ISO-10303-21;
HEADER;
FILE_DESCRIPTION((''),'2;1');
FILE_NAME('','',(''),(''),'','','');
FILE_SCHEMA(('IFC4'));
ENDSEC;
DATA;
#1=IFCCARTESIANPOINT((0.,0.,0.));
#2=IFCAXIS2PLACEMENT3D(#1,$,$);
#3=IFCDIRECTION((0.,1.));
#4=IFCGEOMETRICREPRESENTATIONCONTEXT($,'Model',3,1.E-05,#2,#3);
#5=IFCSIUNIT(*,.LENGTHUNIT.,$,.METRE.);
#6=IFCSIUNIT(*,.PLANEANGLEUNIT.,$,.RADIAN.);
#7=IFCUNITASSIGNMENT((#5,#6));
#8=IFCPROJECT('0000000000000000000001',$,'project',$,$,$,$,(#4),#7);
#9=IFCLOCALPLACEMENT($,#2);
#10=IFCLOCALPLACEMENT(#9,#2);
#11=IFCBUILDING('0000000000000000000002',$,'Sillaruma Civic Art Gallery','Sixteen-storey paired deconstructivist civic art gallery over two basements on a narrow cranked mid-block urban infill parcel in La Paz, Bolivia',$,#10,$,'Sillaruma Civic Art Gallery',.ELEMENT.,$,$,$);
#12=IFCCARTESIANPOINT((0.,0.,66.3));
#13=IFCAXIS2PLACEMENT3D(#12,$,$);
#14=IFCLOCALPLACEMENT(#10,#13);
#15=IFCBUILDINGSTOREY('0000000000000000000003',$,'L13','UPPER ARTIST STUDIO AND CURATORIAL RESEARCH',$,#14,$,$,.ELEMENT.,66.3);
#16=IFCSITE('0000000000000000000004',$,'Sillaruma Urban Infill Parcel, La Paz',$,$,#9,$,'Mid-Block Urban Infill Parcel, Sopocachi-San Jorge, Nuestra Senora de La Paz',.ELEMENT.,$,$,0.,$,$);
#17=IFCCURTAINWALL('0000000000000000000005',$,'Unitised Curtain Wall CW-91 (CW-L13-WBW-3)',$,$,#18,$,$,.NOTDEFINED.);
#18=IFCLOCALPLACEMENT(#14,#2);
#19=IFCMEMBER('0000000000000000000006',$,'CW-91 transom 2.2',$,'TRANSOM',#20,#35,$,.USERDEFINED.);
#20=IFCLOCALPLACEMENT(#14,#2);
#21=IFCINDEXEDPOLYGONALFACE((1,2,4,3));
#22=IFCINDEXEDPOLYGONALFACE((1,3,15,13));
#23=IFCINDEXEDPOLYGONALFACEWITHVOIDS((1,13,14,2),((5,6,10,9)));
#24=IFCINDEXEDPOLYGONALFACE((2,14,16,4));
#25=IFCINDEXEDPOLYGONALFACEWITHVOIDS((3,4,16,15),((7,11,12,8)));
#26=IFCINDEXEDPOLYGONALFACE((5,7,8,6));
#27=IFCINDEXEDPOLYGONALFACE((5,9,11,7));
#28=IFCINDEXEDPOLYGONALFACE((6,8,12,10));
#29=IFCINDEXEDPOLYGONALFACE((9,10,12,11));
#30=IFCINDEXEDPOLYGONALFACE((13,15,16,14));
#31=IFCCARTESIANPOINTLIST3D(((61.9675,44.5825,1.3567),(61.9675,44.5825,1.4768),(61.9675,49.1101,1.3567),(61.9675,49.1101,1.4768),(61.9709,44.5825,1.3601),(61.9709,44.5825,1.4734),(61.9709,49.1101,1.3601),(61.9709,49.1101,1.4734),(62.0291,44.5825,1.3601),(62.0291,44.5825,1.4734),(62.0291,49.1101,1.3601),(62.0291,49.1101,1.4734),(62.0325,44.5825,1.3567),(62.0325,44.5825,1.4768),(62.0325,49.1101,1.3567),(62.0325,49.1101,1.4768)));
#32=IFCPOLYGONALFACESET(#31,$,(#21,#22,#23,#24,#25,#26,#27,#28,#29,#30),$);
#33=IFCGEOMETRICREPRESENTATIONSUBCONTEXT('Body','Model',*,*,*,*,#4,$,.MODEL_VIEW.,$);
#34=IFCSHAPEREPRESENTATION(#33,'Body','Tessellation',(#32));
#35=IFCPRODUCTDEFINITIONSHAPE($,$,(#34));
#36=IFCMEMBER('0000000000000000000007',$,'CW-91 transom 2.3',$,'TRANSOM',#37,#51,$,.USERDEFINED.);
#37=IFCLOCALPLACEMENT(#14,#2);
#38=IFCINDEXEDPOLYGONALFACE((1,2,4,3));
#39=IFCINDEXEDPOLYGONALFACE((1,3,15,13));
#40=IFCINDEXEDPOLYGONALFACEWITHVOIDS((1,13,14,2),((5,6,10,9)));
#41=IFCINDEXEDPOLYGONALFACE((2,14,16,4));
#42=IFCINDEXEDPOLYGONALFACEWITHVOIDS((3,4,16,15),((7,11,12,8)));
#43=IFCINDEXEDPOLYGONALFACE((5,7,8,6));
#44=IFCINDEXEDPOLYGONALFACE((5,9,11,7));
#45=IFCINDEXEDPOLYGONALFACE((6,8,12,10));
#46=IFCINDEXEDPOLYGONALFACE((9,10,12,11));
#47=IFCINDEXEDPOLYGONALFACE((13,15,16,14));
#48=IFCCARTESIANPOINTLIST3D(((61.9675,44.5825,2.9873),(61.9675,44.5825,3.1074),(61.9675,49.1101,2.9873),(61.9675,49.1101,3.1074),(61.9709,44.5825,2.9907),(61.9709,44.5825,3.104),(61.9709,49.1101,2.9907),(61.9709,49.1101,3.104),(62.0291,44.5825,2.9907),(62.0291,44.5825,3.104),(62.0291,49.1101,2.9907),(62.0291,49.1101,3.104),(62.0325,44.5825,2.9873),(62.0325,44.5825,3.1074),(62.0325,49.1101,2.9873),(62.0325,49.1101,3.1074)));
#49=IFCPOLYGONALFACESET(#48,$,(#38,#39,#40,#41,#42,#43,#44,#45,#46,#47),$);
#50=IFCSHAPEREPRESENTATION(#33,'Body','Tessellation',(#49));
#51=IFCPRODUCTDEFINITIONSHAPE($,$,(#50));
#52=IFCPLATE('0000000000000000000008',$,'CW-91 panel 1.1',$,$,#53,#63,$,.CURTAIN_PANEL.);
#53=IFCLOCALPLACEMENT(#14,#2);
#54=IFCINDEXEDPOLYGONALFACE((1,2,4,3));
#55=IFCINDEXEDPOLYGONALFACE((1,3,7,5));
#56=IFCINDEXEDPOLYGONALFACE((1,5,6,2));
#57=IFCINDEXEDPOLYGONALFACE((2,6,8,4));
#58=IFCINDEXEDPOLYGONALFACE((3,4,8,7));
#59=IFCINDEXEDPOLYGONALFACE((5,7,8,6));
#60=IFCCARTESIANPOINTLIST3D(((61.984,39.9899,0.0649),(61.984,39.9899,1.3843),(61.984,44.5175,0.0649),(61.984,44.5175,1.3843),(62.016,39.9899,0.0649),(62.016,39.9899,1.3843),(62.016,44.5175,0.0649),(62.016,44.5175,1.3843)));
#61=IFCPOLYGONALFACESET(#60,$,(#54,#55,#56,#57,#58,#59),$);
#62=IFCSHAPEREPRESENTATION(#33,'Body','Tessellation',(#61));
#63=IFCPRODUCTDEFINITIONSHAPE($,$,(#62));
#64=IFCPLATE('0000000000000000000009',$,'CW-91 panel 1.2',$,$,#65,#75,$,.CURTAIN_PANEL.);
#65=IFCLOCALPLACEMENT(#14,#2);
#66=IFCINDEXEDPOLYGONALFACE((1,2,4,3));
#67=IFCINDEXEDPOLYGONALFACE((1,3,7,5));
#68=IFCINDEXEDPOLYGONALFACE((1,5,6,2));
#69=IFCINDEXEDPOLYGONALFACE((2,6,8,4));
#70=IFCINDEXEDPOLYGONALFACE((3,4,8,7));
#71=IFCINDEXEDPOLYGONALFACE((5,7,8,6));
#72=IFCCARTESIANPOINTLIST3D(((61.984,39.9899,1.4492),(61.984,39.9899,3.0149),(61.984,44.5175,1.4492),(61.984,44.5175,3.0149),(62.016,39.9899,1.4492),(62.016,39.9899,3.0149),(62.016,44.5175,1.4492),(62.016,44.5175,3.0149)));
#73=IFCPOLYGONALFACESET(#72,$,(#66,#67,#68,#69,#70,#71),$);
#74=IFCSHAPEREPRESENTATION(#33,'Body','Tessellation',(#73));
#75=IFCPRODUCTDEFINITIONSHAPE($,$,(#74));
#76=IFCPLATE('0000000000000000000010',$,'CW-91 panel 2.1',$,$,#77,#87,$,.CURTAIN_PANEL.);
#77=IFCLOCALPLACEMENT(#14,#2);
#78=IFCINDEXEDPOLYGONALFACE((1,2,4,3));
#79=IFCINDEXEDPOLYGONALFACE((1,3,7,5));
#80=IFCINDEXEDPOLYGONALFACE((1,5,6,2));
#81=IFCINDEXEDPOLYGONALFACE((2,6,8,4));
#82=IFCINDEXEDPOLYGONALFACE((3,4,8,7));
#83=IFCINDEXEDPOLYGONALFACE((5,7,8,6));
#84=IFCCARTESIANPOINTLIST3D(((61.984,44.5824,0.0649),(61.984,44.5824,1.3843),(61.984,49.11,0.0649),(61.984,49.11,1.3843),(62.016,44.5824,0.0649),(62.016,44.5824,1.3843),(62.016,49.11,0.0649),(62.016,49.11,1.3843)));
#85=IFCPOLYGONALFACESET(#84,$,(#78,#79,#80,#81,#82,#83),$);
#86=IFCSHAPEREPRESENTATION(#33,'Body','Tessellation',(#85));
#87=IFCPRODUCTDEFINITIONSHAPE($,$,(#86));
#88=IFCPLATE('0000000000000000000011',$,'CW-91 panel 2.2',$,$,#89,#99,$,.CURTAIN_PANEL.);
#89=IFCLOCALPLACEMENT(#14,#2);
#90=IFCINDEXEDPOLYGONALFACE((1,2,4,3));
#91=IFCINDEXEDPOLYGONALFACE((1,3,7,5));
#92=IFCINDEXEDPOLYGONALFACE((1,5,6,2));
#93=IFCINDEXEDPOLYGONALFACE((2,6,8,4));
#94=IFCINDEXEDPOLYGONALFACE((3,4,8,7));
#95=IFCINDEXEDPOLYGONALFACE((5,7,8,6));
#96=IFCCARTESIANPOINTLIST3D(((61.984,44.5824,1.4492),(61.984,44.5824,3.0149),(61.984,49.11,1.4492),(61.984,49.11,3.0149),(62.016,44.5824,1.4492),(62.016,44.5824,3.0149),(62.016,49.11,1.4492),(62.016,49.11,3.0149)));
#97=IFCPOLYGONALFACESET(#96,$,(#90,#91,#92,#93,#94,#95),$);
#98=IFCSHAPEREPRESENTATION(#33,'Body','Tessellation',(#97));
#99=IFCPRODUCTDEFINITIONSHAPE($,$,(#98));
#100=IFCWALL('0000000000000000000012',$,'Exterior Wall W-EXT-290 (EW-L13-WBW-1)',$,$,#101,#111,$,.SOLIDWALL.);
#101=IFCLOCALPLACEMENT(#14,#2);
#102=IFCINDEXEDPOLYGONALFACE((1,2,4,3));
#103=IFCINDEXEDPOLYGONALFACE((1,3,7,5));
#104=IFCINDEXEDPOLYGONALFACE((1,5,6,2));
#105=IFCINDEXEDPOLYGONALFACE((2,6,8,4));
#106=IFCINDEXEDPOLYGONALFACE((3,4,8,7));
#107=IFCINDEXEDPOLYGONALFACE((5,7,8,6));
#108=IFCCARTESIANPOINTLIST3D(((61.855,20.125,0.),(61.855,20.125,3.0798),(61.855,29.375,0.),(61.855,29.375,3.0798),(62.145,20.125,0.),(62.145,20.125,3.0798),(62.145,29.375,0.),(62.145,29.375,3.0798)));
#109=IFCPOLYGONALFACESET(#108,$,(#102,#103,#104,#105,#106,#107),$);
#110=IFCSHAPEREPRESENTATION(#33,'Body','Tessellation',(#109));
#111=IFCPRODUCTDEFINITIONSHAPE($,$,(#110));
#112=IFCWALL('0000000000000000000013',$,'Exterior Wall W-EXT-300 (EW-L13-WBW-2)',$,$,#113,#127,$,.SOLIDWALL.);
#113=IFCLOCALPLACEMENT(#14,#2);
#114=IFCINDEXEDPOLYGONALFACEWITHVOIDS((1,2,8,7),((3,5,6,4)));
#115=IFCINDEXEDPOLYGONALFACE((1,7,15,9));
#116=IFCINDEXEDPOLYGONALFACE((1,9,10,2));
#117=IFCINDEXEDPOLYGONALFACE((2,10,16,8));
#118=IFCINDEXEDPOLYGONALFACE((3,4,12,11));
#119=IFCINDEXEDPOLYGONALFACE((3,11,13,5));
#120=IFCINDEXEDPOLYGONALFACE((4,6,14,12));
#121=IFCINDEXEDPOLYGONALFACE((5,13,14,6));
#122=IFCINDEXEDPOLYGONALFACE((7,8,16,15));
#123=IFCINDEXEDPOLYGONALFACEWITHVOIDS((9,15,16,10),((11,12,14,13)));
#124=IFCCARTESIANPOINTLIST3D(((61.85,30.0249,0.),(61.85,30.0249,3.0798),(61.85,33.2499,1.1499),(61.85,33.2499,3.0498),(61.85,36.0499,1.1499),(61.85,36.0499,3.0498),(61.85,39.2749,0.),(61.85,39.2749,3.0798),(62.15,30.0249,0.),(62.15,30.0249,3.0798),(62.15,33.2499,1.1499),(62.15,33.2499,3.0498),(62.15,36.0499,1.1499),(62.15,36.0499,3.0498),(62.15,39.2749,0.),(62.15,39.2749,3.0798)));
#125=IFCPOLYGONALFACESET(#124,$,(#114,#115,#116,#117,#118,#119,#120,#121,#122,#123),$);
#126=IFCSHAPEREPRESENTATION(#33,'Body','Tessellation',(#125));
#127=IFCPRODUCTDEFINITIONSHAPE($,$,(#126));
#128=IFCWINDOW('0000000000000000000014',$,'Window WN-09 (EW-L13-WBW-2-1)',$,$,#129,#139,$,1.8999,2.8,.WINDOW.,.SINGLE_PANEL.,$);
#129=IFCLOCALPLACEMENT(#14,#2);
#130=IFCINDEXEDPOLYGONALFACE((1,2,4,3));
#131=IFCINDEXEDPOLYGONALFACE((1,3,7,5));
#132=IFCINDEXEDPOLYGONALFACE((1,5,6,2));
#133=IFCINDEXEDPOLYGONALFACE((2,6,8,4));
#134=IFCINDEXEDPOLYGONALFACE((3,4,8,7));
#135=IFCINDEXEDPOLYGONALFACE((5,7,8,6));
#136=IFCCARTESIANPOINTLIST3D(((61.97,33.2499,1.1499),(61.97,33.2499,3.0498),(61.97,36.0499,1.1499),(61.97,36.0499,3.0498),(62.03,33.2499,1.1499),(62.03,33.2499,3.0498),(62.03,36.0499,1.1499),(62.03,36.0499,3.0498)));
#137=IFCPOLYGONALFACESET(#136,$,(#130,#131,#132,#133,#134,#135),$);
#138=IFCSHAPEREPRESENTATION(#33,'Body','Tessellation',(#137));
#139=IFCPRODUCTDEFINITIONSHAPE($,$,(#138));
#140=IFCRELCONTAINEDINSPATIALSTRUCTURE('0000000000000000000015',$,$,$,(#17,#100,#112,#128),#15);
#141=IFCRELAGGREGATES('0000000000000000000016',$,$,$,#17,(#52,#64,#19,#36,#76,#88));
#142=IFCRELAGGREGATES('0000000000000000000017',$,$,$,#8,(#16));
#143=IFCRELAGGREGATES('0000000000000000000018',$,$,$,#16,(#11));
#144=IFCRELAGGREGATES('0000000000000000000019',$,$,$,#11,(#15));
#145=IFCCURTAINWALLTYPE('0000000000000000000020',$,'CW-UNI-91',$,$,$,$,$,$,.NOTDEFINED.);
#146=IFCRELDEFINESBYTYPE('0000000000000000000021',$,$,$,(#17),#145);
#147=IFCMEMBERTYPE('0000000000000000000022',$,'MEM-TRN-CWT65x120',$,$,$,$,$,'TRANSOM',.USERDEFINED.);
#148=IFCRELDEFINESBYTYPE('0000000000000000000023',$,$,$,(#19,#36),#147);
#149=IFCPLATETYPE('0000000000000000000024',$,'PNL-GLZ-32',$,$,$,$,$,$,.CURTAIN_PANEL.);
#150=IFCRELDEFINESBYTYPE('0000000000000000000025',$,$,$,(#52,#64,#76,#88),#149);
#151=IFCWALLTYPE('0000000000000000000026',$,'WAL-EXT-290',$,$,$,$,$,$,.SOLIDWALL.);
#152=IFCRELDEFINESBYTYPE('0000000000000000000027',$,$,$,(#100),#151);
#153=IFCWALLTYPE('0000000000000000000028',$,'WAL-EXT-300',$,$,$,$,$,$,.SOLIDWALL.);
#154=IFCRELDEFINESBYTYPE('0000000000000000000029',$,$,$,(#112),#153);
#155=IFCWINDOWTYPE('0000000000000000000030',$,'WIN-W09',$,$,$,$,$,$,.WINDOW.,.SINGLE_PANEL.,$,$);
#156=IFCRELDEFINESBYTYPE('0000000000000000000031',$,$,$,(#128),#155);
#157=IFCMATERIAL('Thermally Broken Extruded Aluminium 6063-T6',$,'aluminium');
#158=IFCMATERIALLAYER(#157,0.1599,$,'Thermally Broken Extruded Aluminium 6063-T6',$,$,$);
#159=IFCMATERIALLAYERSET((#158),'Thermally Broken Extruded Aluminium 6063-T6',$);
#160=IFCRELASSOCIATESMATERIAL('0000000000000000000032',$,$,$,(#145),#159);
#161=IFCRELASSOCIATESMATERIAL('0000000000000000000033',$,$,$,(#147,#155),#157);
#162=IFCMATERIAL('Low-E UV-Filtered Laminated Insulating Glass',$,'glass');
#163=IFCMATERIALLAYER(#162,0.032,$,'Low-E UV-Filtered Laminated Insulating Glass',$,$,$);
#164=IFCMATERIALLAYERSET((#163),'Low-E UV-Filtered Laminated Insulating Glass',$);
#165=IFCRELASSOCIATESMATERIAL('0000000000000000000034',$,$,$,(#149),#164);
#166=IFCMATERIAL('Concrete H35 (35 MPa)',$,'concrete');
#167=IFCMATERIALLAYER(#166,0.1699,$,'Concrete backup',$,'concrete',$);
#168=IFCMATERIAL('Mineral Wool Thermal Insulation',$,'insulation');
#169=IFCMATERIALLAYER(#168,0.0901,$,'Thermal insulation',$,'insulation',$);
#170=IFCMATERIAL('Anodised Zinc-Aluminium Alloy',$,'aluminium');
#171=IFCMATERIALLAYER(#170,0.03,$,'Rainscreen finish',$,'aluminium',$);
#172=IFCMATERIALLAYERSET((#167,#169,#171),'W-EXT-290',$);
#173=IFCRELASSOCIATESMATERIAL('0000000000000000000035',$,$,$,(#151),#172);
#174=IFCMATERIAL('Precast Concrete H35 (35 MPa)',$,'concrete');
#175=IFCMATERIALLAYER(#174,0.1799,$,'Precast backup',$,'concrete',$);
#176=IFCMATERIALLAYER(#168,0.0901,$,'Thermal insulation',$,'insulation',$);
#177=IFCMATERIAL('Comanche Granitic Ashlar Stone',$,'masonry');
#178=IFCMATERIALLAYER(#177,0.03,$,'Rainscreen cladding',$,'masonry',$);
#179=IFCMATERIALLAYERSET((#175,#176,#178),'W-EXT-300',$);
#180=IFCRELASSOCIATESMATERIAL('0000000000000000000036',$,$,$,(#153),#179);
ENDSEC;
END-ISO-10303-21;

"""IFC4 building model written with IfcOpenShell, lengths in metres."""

from ifc_helpers import new_model, si_unit, direction, frame, frame_2d, origin, origin_2d, place, context, subcontext, project, spatial, rectangle, hollow_rectangle, extrude, material, layer, layer_set, material_profile, profile_set, type_object, element, fill, aggregate, save


model = new_model("IFC4")

# Units and contexts
model_context = context("Model", 3, precision=1e-05, world=origin(), true_north=direction((0.0, 1.0)))
body_context = subcontext(model_context, "Body", "Model", "MODEL_VIEW")
ifc_project = project(units=[si_unit("LENGTHUNIT", "METRE"), si_unit("PLANEANGLEUNIT", "RADIAN")], contexts=[model_context])

# Site, building, storey
site_placement = place(None, origin())
site = spatial("IfcSite", under=ifc_project, at=site_placement, Name="Sillaruma Urban Infill Parcel, La Paz", LongName="Mid-Block Urban Infill Parcel, Sopocachi-San Jorge, Nuestra Senora de La Paz", CompositionType="ELEMENT", RefElevation=0.0)
building_placement = place(site_placement, origin())
building = spatial("IfcBuilding", under=site, at=building_placement, Name="Sillaruma Civic Art Gallery", Description="Sixteen-storey paired deconstructivist civic art gallery over two basements on a narrow cranked mid-block urban infill parcel in La Paz, Bolivia", LongName="Sillaruma Civic Art Gallery", CompositionType="ELEMENT")
storey_placement = place(building_placement, frame((0.0, 0.0, 66.3)))
storey = spatial("IfcBuildingStorey", under=building, at=storey_placement, Name="L13", Description="UPPER ARTIST STUDIO AND CURATORIAL RESEARCH", CompositionType="ELEMENT", Elevation=66.3)

# Shared definitions
ifc_material_1 = material(Name="Concrete H35 (35 MPa)", Category="concrete")

# Curtain wall, members, plates
ifc_material_2 = material(Name="Thermally Broken Extruded Aluminium 6063-T6", Category="aluminium")
ifc_layer_1 = layer(ifc_material_2, 0.1599, Name="Thermally Broken Extruded Aluminium 6063-T6")
ifc_layer_set_1 = layer_set([ifc_layer_1], Name="Thermally Broken Extruded Aluminium 6063-T6")
curtain_wall_type = type_object("IfcCurtainWallType", Name="CW-UNI-91", PredefinedType="NOTDEFINED", material=ifc_layer_set_1)
curtain_wall_placement = place(storey_placement, origin())
curtain_wall = element("IfcCurtainWall", 1, at=curtain_wall_placement, inside=storey, type_object=curtain_wall_type, Name="Unitised Curtain Wall CW-91 (CW-L13-WBW-3)", PredefinedType="NOTDEFINED")
ifc_material_profile_1 = material_profile(ifc_material_2, hollow_rectangle(XDim=0.0649, YDim=0.1201, WallThickness=0.0034, at=origin_2d()), Name="CWT65x120")
ifc_profile_set_1 = profile_set([ifc_material_profile_1], Name="Thermally Broken Extruded Aluminium 6063-T6")
member_type_1 = type_object("IfcMemberType", Name="MEM-TRN-CWT65x120", ElementType="TRANSOM", PredefinedType="USERDEFINED", material=ifc_profile_set_1)
member_1_placement = place(storey_placement, frame((62.0, 44.5825, 1.4167), z_axis=(0.0, 1.0, 0.0), x_axis=(-1.0, 0.0, 0.0)))
member_1 = element("IfcMember", 2, at=member_1_placement, type_object=member_type_1, Name="CW-91 transom 2.2", ObjectType="TRANSOM", PredefinedType="USERDEFINED", context=body_context, shape_type="SweptSolid", body=[
    extrude(hollow_rectangle(XDim=0.0649, YDim=0.1201, WallThickness=0.0034, at=origin_2d()), origin(), (0.0, 0.0, 1.0), 4.5276),
])
member_2_placement = place(storey_placement, frame((62.0, 44.5825, 3.0474), z_axis=(0.0, 1.0, 0.0), x_axis=(-1.0, 0.0, 0.0)))
member_2 = element("IfcMember", 3, at=member_2_placement, type_object=member_type_1, Name="CW-91 transom 2.3", ObjectType="TRANSOM", PredefinedType="USERDEFINED", context=body_context, shape_type="SweptSolid", body=[
    extrude(hollow_rectangle(XDim=0.0649, YDim=0.1201, WallThickness=0.0034, at=origin_2d()), origin(), (0.0, 0.0, 1.0), 4.5276),
])
ifc_material_3 = material(Name="Low-E UV-Filtered Laminated Insulating Glass", Category="glass")
ifc_layer_2 = layer(ifc_material_3, 0.032, Name="Low-E UV-Filtered Laminated Insulating Glass")
ifc_layer_set_2 = layer_set([ifc_layer_2], Name="Low-E UV-Filtered Laminated Insulating Glass")
plate_type = type_object("IfcPlateType", Name="PNL-GLZ-32", PredefinedType="CURTAIN_PANEL", material=ifc_layer_set_2)
plate_1_placement = place(storey_placement, frame((62.0, 42.2537, 0.0649), z_axis=(0.0, 0.0, 1.0), x_axis=(0.0, 1.0, 0.0)))
plate_1 = element("IfcPlate", 4, at=plate_1_placement, type_object=plate_type, Name="CW-91 panel 1.1", PredefinedType="CURTAIN_PANEL", context=body_context, shape_type="SweptSolid", body=[
    extrude(rectangle(XDim=4.5276, YDim=0.032, at=origin_2d()), origin(), (0.0, 0.0, 1.0), 1.3193),
])
plate_2_placement = place(storey_placement, frame((62.0, 42.2537, 1.4492), z_axis=(0.0, 0.0, 1.0), x_axis=(0.0, 1.0, 0.0)))
plate_2 = element("IfcPlate", 5, at=plate_2_placement, type_object=plate_type, Name="CW-91 panel 1.2", PredefinedType="CURTAIN_PANEL", context=body_context, shape_type="SweptSolid", body=[
    extrude(rectangle(XDim=4.5276, YDim=0.032, at=origin_2d()), origin(), (0.0, 0.0, 1.0), 1.5657),
])
plate_3_placement = place(storey_placement, frame((62.0, 46.8462, 0.0649), z_axis=(0.0, 0.0, 1.0), x_axis=(0.0, 1.0, 0.0)))
plate_3 = element("IfcPlate", 6, at=plate_3_placement, type_object=plate_type, Name="CW-91 panel 2.1", PredefinedType="CURTAIN_PANEL", context=body_context, shape_type="SweptSolid", body=[
    extrude(rectangle(XDim=4.5276, YDim=0.032, at=origin_2d()), origin(), (0.0, 0.0, 1.0), 1.3193),
])
plate_4_placement = place(storey_placement, frame((62.0, 46.8462, 1.4492), z_axis=(0.0, 0.0, 1.0), x_axis=(0.0, 1.0, 0.0)))
plate_4 = element("IfcPlate", 7, at=plate_4_placement, type_object=plate_type, Name="CW-91 panel 2.2", PredefinedType="CURTAIN_PANEL", context=body_context, shape_type="SweptSolid", body=[
    extrude(rectangle(XDim=4.5276, YDim=0.032, at=origin_2d()), origin(), (0.0, 0.0, 1.0), 1.5657),
])
aggregate(curtain_wall, [plate_1, plate_2, member_1, member_2, plate_3, plate_4])

# Wall
ifc_layer_3 = layer(ifc_material_1, 0.1699, Name="Concrete backup", Category="concrete")
ifc_material_4 = material(Name="Mineral Wool Thermal Insulation", Category="insulation")
ifc_layer_4 = layer(ifc_material_4, 0.0901, Name="Thermal insulation", Category="insulation")
ifc_material_5 = material(Name="Anodised Zinc-Aluminium Alloy", Category="aluminium")
ifc_layer_5 = layer(ifc_material_5, 0.03, Name="Rainscreen finish", Category="aluminium")
ifc_layer_set_3 = layer_set([ifc_layer_3, ifc_layer_4, ifc_layer_5], Name="W-EXT-290")
wall_type_1 = type_object("IfcWallType", Name="WAL-EXT-290", PredefinedType="SOLIDWALL", material=ifc_layer_set_3)
wall_1_placement = place(storey_placement, frame((62.0, 20.125, 0.0), z_axis=(0.0, 0.0, 1.0), x_axis=(0.0, 1.0, 0.0)))
element("IfcWall", 8, at=wall_1_placement, inside=storey, type_object=wall_type_1, Name="Exterior Wall W-EXT-290 (EW-L13-WBW-1)", PredefinedType="SOLIDWALL", context=body_context, shape_type="SweptSolid", body=[
    extrude(rectangle(XDim=9.25, YDim=0.29, at=frame_2d((4.625, 0.0))), origin(), (0.0, 0.0, 1.0), 3.0798),
])

# Wall, opening, window
ifc_material_6 = material(Name="Precast Concrete H35 (35 MPa)", Category="concrete")
ifc_layer_6 = layer(ifc_material_6, 0.1799, Name="Precast backup", Category="concrete")
ifc_layer_7 = layer(ifc_material_4, 0.0901, Name="Thermal insulation", Category="insulation")
ifc_material_7 = material(Name="Comanche Granitic Ashlar Stone", Category="masonry")
ifc_layer_8 = layer(ifc_material_7, 0.03, Name="Rainscreen cladding", Category="masonry")
ifc_layer_set_4 = layer_set([ifc_layer_6, ifc_layer_7, ifc_layer_8], Name="W-EXT-300")
wall_type_2 = type_object("IfcWallType", Name="WAL-EXT-300", PredefinedType="SOLIDWALL", material=ifc_layer_set_4)
wall_2_placement = place(storey_placement, frame((62.0, 30.0249, 0.0), z_axis=(0.0, 0.0, 1.0), x_axis=(0.0, 1.0, 0.0)))
wall_2 = element("IfcWall", 9, at=wall_2_placement, inside=storey, type_object=wall_type_2, Name="Exterior Wall W-EXT-300 (EW-L13-WBW-2)", PredefinedType="SOLIDWALL", context=body_context, shape_type="SweptSolid", body=[
    extrude(rectangle(XDim=9.25, YDim=0.3, at=frame_2d((4.625, 0.0))), origin(), (0.0, 0.0, 1.0), 3.0798),
])
opening_placement = place(wall_2_placement, frame((3.2251, 0.0, 1.1499)))
opening = element("IfcOpeningElement", 10, at=opening_placement, cuts=wall_2, PredefinedType="OPENING", context=body_context, shape_type="SweptSolid", body=[
    extrude(rectangle(XDim=2.8, YDim=1.8999, at=frame_2d((1.3999, 0.95))), frame((0.0, 0.1599, 0.0), z_axis=(0.0, -1.0, 0.0), x_axis=(1.0, 0.0, 0.0)), (0.0, 0.0, 1.0), 0.3201),
])
window_type = type_object("IfcWindowType", Name="WIN-W09", PartitioningType="SINGLE_PANEL", PredefinedType="WINDOW", material=ifc_material_2)
window_placement = place(opening_placement, origin())
window = element("IfcWindow", 11, at=window_placement, inside=storey, type_object=window_type, Name="Window WN-09 (EW-L13-WBW-2-1)", OverallHeight=1.8999, OverallWidth=2.8, PartitioningType="SINGLE_PANEL", PredefinedType="WINDOW", context=body_context, shape_type="SweptSolid", body=[
    extrude(rectangle(XDim=2.8, YDim=1.8999, at=frame_2d((1.3999, 0.95))), frame((0.0, 0.03, 0.0), z_axis=(0.0, -1.0, 0.0), x_axis=(1.0, 0.0, 0.0)), (0.0, 0.0, 1.0), 0.0601),
])
fill(opening, window)

save(model, "model.ifc")
